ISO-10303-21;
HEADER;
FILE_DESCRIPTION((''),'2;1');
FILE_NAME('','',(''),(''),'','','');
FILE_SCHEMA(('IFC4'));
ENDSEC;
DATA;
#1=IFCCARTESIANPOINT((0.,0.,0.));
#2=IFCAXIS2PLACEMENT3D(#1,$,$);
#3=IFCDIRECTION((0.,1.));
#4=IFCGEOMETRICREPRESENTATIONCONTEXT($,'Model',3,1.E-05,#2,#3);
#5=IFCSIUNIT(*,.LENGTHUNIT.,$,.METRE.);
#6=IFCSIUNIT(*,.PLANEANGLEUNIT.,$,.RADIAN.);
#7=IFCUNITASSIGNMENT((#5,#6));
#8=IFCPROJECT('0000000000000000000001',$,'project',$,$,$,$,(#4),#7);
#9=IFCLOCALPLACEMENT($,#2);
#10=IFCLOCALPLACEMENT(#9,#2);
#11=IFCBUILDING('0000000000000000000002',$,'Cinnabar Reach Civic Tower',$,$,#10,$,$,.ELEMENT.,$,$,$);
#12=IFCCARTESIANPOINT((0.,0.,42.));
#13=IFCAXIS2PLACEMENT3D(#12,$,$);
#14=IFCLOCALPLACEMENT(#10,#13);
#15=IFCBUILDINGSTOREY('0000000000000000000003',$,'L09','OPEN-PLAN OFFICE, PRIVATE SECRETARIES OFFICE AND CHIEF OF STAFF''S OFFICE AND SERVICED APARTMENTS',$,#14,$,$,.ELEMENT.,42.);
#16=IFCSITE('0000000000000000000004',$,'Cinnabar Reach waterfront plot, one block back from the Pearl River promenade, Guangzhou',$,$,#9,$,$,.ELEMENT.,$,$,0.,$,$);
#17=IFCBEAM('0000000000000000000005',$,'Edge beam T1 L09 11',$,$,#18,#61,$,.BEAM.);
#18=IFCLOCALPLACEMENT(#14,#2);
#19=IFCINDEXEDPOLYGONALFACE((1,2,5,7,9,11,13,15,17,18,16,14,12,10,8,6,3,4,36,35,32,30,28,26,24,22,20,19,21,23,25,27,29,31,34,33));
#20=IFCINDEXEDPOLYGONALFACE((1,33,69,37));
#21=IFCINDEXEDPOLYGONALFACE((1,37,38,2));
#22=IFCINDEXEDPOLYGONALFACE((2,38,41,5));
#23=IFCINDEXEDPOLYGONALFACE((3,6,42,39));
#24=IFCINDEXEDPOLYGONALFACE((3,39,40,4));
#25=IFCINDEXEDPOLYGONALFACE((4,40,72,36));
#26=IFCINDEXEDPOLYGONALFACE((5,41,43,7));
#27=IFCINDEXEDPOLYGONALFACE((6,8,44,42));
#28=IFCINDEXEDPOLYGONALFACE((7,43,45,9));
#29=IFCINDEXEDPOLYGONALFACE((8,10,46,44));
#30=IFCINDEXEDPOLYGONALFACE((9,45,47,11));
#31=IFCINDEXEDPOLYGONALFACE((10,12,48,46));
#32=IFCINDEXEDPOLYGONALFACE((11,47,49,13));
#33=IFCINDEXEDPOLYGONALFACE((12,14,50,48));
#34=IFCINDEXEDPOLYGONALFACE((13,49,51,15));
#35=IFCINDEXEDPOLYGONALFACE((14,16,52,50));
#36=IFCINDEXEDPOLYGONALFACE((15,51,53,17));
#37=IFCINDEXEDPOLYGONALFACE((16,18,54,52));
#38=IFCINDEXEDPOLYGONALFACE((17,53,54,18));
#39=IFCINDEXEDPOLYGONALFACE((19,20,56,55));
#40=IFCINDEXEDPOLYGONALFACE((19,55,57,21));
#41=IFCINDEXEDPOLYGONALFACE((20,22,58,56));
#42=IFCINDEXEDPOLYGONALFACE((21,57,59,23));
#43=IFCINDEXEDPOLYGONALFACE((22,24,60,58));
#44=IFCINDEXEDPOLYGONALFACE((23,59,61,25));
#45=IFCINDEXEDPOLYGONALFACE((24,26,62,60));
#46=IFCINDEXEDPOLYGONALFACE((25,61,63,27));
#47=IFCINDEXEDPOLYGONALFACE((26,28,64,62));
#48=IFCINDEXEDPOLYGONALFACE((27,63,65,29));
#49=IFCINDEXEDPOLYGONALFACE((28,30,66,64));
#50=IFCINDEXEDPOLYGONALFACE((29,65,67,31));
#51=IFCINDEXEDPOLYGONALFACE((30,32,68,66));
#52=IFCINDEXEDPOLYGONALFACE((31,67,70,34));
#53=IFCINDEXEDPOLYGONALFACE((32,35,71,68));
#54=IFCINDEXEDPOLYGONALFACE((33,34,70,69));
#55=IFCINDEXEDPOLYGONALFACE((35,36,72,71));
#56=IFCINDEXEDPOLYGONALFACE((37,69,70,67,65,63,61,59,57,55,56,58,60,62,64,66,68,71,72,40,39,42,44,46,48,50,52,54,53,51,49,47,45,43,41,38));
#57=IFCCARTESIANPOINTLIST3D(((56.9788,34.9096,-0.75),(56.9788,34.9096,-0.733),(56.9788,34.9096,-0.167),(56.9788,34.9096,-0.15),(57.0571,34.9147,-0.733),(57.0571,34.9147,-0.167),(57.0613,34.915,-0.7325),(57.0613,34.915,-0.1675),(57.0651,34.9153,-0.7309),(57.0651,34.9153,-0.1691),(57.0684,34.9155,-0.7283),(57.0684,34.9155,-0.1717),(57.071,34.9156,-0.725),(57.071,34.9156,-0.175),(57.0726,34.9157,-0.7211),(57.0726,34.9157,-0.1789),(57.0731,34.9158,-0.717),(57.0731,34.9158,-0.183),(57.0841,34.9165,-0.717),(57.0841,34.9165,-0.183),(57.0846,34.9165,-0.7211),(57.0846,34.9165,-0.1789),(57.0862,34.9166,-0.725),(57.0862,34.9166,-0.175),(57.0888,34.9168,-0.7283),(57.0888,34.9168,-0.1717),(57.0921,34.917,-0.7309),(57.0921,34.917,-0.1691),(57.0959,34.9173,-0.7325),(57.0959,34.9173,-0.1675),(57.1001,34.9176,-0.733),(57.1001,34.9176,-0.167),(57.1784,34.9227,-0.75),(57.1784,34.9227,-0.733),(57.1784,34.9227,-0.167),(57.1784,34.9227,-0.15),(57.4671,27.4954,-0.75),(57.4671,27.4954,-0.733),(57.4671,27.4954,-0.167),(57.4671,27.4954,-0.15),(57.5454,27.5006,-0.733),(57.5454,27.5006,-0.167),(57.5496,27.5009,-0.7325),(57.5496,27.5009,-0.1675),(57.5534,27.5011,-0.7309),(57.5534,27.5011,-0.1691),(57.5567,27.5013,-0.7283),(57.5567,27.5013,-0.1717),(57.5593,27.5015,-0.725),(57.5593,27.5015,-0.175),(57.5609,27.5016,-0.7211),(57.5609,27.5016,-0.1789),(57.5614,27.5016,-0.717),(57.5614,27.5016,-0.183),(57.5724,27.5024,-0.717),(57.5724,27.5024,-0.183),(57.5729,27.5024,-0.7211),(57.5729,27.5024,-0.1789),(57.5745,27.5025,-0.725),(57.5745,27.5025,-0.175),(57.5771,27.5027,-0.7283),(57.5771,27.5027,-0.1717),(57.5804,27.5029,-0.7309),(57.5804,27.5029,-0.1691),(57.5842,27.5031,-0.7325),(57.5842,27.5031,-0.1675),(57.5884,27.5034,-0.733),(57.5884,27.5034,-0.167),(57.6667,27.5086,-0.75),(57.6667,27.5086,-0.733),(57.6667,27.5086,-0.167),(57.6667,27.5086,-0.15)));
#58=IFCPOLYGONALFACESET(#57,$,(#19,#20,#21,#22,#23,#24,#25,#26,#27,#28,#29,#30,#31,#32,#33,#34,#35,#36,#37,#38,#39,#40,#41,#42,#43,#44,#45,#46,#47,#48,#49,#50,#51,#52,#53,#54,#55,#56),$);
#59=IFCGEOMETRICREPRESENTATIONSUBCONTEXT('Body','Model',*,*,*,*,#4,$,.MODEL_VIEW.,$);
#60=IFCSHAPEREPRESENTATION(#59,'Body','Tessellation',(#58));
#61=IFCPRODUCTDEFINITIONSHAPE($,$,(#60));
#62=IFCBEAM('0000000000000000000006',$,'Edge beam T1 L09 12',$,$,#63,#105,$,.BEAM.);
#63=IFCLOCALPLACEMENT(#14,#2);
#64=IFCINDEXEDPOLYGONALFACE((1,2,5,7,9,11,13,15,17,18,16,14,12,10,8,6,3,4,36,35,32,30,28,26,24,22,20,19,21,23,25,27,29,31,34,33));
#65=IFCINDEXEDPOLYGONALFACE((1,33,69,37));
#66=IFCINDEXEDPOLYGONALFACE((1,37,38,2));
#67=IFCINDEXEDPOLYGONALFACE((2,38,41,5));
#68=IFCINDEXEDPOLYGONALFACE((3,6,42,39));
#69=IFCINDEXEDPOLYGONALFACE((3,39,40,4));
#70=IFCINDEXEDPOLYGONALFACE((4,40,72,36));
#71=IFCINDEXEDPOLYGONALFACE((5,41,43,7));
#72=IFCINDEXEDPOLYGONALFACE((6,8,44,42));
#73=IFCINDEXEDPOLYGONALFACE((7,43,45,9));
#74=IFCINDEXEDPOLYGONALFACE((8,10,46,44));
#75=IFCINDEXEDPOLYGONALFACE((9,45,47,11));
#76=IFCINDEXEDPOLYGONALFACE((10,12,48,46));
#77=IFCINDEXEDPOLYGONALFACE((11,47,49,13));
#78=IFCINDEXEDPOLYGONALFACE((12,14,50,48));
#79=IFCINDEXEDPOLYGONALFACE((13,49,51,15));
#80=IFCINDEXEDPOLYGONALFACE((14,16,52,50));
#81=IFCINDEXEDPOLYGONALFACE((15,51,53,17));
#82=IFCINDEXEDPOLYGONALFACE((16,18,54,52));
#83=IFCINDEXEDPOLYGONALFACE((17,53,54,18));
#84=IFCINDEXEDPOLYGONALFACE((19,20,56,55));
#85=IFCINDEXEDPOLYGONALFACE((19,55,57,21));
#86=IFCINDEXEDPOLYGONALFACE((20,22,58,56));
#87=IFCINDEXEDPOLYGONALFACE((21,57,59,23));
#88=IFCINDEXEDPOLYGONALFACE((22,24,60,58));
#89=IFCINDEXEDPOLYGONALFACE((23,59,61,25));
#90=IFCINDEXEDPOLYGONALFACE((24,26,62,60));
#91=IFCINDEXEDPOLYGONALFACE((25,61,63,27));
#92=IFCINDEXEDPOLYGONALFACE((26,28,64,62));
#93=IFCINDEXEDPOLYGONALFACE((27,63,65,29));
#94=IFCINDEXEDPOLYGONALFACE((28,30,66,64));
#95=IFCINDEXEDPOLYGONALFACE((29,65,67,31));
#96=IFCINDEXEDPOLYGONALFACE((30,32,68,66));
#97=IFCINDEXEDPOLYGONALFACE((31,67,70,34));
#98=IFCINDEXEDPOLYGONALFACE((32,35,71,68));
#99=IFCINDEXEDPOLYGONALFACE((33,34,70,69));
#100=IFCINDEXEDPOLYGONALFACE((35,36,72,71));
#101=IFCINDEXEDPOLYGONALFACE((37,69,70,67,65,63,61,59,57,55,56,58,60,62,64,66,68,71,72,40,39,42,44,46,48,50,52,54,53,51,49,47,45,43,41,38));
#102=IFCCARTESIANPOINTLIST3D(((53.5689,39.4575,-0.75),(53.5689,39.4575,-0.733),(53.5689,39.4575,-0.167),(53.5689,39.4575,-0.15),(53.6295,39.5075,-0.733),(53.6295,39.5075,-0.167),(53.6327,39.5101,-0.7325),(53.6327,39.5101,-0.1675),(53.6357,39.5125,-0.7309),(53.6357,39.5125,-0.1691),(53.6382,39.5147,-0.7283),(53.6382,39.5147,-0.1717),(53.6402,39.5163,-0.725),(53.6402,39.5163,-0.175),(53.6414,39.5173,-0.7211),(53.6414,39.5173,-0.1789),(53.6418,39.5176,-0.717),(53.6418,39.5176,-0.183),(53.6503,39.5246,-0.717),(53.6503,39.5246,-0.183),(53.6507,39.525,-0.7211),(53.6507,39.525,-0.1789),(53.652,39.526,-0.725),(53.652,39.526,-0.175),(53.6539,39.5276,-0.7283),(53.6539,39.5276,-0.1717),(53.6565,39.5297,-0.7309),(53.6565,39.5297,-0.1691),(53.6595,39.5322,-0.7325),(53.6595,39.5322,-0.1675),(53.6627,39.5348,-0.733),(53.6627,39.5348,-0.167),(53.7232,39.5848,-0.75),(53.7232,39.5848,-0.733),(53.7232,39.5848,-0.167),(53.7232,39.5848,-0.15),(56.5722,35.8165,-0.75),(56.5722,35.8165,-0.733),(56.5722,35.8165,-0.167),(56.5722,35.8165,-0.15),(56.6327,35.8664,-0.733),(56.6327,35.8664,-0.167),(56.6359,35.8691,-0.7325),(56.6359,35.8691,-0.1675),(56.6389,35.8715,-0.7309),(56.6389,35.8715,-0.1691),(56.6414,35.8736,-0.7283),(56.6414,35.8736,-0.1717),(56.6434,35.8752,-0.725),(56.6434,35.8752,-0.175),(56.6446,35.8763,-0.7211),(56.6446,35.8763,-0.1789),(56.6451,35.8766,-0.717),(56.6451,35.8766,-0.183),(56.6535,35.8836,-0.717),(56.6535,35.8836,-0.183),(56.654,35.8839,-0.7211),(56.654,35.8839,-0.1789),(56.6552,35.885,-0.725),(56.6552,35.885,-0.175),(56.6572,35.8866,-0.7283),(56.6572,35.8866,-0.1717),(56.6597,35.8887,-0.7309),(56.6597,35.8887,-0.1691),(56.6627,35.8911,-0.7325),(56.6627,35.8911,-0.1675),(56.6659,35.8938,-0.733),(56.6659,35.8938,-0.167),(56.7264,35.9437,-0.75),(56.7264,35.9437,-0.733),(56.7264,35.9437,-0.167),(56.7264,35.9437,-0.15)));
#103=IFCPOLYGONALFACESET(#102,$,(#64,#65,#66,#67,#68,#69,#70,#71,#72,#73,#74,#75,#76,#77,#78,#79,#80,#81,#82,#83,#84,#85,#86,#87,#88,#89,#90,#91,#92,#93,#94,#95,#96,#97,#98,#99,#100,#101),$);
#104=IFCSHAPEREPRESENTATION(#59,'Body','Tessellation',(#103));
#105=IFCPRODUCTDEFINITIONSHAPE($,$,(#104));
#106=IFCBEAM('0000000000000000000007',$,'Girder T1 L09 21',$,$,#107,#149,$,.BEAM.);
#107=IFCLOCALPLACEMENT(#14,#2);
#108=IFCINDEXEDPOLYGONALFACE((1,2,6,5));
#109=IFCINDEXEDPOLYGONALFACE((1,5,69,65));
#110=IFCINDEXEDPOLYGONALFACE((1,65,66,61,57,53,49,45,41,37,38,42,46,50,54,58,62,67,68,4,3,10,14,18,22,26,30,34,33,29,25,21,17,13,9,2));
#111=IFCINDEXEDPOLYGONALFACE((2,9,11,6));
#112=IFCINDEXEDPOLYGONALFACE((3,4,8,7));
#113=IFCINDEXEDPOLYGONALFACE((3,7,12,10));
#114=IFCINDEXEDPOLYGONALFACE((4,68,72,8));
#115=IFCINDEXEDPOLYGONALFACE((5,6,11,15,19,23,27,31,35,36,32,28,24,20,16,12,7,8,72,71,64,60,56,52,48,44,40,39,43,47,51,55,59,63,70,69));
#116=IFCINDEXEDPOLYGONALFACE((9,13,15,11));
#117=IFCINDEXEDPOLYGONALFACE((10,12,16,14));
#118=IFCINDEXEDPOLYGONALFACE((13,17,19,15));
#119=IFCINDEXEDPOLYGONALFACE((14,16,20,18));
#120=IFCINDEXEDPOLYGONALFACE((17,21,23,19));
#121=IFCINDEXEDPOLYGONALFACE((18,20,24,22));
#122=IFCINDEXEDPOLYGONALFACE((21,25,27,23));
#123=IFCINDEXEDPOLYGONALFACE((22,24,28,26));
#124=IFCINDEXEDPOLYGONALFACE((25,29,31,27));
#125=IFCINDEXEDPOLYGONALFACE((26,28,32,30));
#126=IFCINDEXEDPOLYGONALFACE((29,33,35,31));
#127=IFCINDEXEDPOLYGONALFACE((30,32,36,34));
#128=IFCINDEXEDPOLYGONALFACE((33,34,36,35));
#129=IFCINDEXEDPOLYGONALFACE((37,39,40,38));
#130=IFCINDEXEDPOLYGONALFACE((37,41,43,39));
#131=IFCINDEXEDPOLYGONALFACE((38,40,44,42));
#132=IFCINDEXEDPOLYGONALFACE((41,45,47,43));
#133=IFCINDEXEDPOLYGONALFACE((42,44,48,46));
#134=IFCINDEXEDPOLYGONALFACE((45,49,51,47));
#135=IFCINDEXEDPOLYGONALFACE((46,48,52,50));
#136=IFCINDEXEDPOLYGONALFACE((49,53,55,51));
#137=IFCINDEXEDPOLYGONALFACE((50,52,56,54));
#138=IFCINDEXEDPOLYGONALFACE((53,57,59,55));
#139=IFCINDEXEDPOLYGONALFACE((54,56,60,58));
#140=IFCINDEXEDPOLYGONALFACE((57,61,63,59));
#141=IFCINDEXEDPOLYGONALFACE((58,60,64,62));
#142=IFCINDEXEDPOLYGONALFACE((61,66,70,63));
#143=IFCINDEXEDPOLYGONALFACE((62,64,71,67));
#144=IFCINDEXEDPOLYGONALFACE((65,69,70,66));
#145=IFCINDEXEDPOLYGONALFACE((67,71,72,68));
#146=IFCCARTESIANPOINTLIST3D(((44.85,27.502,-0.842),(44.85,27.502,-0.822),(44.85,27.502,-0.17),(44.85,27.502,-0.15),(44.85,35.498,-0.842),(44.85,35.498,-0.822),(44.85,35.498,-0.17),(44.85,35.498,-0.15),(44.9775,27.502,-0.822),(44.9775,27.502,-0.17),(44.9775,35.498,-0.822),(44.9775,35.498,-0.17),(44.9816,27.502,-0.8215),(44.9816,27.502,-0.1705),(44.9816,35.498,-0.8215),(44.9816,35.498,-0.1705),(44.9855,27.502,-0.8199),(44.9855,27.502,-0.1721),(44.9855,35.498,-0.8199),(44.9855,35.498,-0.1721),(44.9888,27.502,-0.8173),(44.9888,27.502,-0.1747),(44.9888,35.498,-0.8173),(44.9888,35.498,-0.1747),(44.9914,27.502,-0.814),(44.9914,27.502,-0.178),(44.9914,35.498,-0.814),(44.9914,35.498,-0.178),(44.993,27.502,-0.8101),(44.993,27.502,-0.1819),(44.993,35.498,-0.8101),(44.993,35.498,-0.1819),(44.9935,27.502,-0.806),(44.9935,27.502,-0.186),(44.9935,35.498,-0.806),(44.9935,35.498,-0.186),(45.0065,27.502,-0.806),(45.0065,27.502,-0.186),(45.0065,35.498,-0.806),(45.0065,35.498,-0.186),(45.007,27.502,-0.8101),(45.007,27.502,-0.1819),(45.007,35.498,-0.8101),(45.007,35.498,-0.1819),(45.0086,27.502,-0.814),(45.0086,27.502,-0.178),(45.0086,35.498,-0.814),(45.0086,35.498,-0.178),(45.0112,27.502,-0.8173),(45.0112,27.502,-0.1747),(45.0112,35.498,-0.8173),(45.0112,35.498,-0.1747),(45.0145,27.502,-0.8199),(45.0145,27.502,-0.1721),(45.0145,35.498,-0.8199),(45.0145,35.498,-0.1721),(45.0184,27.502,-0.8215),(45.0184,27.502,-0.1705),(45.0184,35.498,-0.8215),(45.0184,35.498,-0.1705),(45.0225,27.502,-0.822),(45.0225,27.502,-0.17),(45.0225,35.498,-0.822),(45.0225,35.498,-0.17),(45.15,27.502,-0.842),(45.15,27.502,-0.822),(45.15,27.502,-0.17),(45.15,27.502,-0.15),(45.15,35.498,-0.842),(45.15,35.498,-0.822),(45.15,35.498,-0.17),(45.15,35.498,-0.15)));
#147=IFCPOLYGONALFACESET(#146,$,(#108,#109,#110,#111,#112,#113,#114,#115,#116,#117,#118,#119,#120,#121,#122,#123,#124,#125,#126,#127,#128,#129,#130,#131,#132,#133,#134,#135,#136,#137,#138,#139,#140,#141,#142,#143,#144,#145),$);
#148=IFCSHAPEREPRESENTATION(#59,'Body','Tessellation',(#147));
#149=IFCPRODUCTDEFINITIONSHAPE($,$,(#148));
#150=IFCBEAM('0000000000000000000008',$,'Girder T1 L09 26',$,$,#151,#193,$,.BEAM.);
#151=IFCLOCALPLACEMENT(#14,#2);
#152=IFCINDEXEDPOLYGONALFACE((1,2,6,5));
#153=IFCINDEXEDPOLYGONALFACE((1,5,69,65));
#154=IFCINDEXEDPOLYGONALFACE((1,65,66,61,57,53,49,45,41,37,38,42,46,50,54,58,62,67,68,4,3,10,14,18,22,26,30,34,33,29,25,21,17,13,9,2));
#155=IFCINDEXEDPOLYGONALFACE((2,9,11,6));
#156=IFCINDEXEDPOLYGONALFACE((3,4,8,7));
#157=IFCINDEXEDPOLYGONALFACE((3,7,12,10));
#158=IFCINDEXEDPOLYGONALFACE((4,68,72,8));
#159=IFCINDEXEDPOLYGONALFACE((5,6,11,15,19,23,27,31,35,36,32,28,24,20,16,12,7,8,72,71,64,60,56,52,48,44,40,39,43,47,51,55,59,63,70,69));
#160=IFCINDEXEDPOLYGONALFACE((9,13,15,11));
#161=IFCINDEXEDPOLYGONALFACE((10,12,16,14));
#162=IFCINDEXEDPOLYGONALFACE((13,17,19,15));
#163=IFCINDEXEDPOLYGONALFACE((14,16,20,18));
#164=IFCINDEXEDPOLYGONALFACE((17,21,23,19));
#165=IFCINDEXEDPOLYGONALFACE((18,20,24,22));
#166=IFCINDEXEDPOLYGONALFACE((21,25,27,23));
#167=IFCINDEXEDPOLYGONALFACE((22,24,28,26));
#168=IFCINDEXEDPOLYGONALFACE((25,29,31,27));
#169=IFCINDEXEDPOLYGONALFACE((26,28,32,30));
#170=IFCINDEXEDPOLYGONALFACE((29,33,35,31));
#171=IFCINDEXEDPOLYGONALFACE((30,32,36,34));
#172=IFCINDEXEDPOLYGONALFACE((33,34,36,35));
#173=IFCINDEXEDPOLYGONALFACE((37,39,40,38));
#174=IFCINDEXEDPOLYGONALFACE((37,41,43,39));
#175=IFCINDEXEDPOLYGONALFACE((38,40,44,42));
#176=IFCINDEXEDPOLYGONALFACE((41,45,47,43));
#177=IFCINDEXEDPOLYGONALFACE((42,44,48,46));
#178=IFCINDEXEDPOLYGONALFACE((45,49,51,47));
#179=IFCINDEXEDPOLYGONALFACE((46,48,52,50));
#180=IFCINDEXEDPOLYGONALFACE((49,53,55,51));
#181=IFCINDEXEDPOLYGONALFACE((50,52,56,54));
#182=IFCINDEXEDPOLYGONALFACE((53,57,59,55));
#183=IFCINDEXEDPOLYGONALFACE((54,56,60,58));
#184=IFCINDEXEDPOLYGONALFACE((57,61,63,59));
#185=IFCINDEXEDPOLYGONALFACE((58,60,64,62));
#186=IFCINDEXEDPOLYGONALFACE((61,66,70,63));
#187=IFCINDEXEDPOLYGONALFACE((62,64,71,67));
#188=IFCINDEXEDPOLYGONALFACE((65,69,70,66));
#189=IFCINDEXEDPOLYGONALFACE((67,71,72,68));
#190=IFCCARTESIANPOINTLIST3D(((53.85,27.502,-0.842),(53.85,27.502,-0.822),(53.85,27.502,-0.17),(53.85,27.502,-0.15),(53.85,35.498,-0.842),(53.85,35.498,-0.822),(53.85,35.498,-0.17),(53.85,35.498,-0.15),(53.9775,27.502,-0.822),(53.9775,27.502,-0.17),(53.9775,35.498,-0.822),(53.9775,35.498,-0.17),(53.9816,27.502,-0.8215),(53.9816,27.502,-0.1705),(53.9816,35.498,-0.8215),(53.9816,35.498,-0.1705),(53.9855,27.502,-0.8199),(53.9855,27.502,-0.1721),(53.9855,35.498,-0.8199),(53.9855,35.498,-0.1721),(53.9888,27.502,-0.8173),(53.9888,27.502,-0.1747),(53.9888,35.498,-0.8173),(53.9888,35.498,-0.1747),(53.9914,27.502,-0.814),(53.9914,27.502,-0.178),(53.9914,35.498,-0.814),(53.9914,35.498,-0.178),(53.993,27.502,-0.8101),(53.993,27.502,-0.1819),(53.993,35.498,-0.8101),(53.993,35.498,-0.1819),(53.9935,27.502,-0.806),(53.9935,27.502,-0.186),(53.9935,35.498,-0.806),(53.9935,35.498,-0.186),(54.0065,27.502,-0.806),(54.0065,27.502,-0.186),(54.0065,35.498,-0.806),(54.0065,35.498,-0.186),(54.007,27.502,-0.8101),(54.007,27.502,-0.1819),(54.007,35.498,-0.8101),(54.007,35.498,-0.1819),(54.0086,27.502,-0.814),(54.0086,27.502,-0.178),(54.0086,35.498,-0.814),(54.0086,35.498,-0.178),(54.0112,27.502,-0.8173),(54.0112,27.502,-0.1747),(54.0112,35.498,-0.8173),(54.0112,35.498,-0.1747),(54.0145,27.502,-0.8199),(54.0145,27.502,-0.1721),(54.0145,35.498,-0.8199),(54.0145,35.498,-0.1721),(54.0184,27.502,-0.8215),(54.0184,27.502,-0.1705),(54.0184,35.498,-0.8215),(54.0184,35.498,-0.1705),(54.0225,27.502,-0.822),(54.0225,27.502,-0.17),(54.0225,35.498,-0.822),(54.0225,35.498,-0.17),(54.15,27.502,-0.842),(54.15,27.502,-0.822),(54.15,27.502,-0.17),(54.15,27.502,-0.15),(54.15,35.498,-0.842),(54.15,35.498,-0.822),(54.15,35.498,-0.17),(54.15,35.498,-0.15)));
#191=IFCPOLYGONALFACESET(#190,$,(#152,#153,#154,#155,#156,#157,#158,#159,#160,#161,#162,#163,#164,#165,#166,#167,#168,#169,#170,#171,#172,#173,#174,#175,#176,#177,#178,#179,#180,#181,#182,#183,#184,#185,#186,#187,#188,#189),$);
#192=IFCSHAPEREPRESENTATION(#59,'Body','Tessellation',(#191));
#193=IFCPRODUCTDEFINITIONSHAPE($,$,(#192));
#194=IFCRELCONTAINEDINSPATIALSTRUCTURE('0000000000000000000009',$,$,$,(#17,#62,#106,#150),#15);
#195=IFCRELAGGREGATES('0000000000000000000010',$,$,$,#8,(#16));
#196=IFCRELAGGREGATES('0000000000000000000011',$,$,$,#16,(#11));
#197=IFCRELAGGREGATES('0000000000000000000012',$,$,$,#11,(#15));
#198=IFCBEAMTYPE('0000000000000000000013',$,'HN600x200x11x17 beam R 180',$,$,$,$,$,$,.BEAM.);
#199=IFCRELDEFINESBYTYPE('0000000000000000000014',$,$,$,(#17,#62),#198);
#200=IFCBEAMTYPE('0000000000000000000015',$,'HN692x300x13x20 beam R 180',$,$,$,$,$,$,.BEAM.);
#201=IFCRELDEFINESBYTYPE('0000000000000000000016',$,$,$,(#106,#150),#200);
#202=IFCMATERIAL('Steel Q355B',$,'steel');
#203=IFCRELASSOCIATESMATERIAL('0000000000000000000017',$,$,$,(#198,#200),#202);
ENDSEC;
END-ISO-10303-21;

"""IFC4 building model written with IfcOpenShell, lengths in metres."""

from ifc_helpers import new_model, si_unit, direction, frame, origin, origin_2d, place, context, subcontext, project, spatial, i_section, extrude, material, material_profile, profile_set, type_object, element, save


model = new_model("IFC4")

# Units and contexts
model_context = context("Model", 3, precision=1e-05, world=origin(), true_north=direction((0.0, 1.0)))
body_context = subcontext(model_context, "Body", "Model", "MODEL_VIEW")
ifc_project = project(units=[si_unit("LENGTHUNIT", "METRE"), si_unit("PLANEANGLEUNIT", "RADIAN")], contexts=[model_context])

# Site, building, storey
site_placement = place(None, origin())
site = spatial("IfcSite", under=ifc_project, at=site_placement, Name="Cinnabar Reach waterfront plot, one block back from the Pearl River promenade, Guangzhou", CompositionType="ELEMENT", RefElevation=0.0)
building_placement = place(site_placement, origin())
building = spatial("IfcBuilding", under=site, at=building_placement, Name="Cinnabar Reach Civic Tower", CompositionType="ELEMENT")
storey_placement = place(building_placement, frame((0.0, 0.0, 42.0)))
storey = spatial("IfcBuildingStorey", under=building, at=storey_placement, Name="L09", Description="OPEN-PLAN OFFICE, PRIVATE SECRETARIES OFFICE AND CHIEF OF STAFF'S OFFICE AND SERVICED APARTMENTS", CompositionType="ELEMENT", Elevation=42.0)

# Beams
ifc_material_1 = material(Name="Steel Q355B", Category="steel")
ifc_material_profile_1 = material_profile(ifc_material_1, i_section(OverallWidth=0.2, OverallDepth=0.6, WebThickness=0.011, FlangeThickness=0.017, FilletRadius=0.016, at=origin_2d()), Name="HN600x200x11x17")
ifc_profile_set_1 = profile_set([ifc_material_profile_1], Name="Steel Q355B")
beam_type_1 = type_object("IfcBeamType", Name="HN600x200x11x17 beam R 180", PredefinedType="BEAM", material=ifc_profile_set_1)
beam_1_placement = place(storey_placement, frame((57.5669, 27.502, -0.45), z_axis=(-0.065719, 0.997838, 0.0), x_axis=(-0.997838, -0.065719, 0.0)))
element("IfcBeam", 1, at=beam_1_placement, inside=storey, type_object=beam_type_1, Name="Edge beam T1 L09 11", PredefinedType="BEAM", context=body_context, shape_type="SweptSolid", body=[
    extrude(i_section(OverallWidth=0.2, OverallDepth=0.6, WebThickness=0.011, FlangeThickness=0.017, FilletRadius=0.016, at=origin_2d()), origin(), (0.0, 0.0, 1.0), 7.4302),
])
beam_2_placement = place(storey_placement, frame((56.6493, 35.8801, -0.45), z_axis=(-0.636304, 0.771438, 0.0), x_axis=(-0.771438, -0.636304, 0.0)))
element("IfcBeam", 2, at=beam_2_placement, inside=storey, type_object=beam_type_1, Name="Edge beam T1 L09 12", PredefinedType="BEAM", context=body_context, shape_type="SweptSolid", body=[
    extrude(i_section(OverallWidth=0.2, OverallDepth=0.6, WebThickness=0.011, FlangeThickness=0.017, FilletRadius=0.016, at=origin_2d()), origin(), (0.0, 0.0, 1.0), 4.7198),
])
ifc_material_profile_2 = material_profile(ifc_material_1, i_section(OverallWidth=0.3, OverallDepth=0.692, WebThickness=0.013, FlangeThickness=0.02, FilletRadius=0.016, at=origin_2d()), Name="HN692x300x13x20")
ifc_profile_set_2 = profile_set([ifc_material_profile_2], Name="Steel Q355B")
beam_type_2 = type_object("IfcBeamType", Name="HN692x300x13x20 beam R 180", PredefinedType="BEAM", material=ifc_profile_set_2)
for number, where, z_axis, x_axis, name in (
    (3, (45.0, 27.502, -0.496), (0.0, 1.0, 0.0), (-1.0, 0.0, 0.0), "Girder T1 L09 21"),
    (4, (54.0, 27.502, -0.496), (0.0, 1.0, 0.0), (-1.0, 0.0, 0.0), "Girder T1 L09 26"),
):
    element("IfcBeam", number, at=place(storey_placement, frame(where, z_axis=z_axis, x_axis=x_axis)), inside=storey, type_object=beam_type_2, Name=name, PredefinedType="BEAM", context=body_context, shape_type="SweptSolid", body=[
        extrude(i_section(OverallWidth=0.3, OverallDepth=0.692, WebThickness=0.013, FlangeThickness=0.02, FilletRadius=0.016, at=origin_2d()), origin(), (0.0, 0.0, 1.0), 7.996),
    ])

save(model, "model.ifc")
